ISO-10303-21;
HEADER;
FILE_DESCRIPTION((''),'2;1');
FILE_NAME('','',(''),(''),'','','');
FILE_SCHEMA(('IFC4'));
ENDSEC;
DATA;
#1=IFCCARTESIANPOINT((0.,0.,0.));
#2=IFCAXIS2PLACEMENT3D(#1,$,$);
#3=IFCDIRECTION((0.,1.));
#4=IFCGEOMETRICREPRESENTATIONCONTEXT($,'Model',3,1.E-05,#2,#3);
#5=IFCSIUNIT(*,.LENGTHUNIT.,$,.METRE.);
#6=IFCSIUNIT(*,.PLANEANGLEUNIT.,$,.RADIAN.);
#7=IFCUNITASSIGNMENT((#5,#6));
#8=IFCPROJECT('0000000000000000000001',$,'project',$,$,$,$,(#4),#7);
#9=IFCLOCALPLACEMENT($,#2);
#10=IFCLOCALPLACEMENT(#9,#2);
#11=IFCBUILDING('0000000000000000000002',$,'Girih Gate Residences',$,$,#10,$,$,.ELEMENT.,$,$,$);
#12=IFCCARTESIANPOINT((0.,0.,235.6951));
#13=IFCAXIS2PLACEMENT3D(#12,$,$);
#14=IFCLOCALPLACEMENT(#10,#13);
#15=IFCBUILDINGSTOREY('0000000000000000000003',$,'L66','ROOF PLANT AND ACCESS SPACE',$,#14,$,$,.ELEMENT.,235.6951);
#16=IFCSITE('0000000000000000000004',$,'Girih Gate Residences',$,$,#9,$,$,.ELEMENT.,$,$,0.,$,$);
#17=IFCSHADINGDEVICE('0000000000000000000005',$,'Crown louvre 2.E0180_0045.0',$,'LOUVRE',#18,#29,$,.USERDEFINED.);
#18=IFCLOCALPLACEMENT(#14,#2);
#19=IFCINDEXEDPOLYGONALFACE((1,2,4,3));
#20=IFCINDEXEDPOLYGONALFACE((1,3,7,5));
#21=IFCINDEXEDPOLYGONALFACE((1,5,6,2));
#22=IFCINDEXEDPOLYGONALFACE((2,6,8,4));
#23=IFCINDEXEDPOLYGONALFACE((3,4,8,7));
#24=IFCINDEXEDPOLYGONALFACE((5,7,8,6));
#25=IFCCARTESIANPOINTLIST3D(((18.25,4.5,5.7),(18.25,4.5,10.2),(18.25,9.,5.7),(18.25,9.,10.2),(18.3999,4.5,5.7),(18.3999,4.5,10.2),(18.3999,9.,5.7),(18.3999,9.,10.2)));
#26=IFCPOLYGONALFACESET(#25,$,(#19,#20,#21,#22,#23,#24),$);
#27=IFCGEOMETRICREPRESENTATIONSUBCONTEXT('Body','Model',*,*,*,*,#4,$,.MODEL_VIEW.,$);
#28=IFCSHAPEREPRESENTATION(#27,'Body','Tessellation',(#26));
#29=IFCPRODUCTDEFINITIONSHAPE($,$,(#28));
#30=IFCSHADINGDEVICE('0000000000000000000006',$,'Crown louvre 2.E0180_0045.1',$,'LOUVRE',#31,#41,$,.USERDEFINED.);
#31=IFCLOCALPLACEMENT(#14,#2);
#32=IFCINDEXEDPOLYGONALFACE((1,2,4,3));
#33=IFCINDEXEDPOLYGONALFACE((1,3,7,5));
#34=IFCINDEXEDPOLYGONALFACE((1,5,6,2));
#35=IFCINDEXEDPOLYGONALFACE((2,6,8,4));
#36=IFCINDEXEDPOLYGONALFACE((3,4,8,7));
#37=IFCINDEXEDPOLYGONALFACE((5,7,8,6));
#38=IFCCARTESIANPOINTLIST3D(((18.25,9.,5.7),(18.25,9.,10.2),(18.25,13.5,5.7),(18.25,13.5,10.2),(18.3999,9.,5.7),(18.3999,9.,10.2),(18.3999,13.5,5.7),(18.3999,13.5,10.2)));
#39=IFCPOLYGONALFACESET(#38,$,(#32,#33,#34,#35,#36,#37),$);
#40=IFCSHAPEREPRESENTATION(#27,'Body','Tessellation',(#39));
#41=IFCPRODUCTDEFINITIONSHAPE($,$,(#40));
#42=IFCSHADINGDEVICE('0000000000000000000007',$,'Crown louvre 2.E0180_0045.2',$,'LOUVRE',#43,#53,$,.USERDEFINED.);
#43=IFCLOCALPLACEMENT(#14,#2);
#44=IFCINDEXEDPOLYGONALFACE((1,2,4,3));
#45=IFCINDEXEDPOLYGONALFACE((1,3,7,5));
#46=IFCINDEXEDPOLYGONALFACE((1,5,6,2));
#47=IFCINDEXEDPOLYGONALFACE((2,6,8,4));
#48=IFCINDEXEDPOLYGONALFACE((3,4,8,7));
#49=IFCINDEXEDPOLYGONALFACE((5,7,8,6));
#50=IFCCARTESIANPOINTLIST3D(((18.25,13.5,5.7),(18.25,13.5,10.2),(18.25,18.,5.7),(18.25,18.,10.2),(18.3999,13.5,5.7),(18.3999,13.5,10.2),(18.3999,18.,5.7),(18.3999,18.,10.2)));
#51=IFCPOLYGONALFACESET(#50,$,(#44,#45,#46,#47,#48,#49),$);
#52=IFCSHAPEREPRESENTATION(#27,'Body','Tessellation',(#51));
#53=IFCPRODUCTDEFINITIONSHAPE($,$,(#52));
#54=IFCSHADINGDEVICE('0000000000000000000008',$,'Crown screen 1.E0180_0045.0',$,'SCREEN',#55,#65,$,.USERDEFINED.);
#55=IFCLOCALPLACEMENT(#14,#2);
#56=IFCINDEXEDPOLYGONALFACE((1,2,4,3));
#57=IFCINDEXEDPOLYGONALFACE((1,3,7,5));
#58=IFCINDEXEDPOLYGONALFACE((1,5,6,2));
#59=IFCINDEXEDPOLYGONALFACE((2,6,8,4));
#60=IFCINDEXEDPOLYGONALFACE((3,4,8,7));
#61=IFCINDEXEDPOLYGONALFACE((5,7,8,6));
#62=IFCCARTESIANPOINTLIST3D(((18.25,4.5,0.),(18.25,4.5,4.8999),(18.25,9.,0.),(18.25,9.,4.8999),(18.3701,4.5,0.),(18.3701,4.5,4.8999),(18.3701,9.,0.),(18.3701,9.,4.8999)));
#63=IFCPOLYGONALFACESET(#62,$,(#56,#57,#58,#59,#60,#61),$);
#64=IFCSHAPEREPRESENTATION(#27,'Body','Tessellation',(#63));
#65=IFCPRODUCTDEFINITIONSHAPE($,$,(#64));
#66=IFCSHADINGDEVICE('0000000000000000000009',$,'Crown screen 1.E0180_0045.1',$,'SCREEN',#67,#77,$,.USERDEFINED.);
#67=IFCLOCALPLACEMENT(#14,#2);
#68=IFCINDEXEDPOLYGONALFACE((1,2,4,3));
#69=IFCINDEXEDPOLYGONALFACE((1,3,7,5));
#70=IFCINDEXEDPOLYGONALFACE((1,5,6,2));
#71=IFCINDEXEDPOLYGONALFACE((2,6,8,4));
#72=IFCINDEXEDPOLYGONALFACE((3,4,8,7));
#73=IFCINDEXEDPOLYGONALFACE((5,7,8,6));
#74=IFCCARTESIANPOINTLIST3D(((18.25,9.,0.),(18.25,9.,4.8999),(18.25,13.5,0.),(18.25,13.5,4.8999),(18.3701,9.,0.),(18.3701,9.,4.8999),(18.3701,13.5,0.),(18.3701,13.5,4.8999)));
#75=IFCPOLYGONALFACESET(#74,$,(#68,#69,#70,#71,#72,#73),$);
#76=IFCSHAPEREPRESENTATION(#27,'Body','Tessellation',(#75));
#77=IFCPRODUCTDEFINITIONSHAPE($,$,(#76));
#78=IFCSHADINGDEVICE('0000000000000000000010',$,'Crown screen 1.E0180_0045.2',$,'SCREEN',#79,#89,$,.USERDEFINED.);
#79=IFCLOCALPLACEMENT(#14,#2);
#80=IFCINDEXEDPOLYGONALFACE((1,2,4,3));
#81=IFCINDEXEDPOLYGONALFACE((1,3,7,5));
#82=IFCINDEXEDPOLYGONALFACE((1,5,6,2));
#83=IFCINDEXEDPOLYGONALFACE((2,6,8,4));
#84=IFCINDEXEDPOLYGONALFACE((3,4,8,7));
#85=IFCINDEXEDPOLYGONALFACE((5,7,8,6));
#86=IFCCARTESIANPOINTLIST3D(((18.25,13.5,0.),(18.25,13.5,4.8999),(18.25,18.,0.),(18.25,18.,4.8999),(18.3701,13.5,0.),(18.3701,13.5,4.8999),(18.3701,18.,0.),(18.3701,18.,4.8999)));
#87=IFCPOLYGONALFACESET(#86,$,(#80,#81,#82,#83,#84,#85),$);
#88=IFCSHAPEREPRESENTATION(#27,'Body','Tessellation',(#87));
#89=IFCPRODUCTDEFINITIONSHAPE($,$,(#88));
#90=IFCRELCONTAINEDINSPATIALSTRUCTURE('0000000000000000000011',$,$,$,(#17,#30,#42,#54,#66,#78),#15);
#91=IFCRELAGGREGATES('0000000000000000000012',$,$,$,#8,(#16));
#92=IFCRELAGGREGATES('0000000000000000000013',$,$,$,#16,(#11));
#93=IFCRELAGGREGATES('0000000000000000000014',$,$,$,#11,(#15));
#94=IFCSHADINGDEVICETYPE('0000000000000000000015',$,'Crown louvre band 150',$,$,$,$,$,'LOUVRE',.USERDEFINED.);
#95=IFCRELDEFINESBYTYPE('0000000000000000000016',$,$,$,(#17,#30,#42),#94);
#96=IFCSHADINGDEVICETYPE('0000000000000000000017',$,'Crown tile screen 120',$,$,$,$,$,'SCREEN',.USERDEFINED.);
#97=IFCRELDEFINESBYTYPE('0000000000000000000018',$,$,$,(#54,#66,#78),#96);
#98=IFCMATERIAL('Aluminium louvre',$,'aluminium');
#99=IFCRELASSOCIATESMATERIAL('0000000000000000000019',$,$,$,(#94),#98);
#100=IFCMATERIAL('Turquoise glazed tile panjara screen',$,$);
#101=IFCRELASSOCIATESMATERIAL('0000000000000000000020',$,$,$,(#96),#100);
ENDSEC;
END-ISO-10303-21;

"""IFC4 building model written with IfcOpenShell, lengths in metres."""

from ifc_helpers import new_model, si_unit, direction, frame, origin, origin_2d, place, context, subcontext, project, spatial, rectangle, extrude, material, type_object, element, save


model = new_model("IFC4")

# Units and contexts
model_context = context("Model", 3, precision=1e-05, world=origin(), true_north=direction((0.0, 1.0)))
body_context = subcontext(model_context, "Body", "Model", "MODEL_VIEW")
ifc_project = project(units=[si_unit("LENGTHUNIT", "METRE"), si_unit("PLANEANGLEUNIT", "RADIAN")], contexts=[model_context])

# Site, building, storey
site_placement = place(None, origin())
site = spatial("IfcSite", under=ifc_project, at=site_placement, Name="Girih Gate Residences", CompositionType="ELEMENT", RefElevation=0.0)
building_placement = place(site_placement, origin())
building = spatial("IfcBuilding", under=site, at=building_placement, Name="Girih Gate Residences", CompositionType="ELEMENT")
storey_placement = place(building_placement, frame((0.0, 0.0, 235.6951)))
storey = spatial("IfcBuildingStorey", under=building, at=storey_placement, Name="L66", Description="ROOF PLANT AND ACCESS SPACE", CompositionType="ELEMENT", Elevation=235.6951)

# Shading devices
ifc_material_1 = material(Name="Aluminium louvre", Category="aluminium")
shading_device_type_1 = type_object("IfcShadingDeviceType", Name="Crown louvre band 150", ElementType="LOUVRE", PredefinedType="USERDEFINED", material=ifc_material_1)
for number, where, z_axis, x_axis, name in (
    (1, (18.325, 6.75, 5.7), (0.0, 0.0, 1.0), (0.0, 1.0, 0.0), "Crown louvre 2.E0180_0045.0"),
    (2, (18.325, 11.25, 5.7), (0.0, 0.0, 1.0), (0.0, 1.0, 0.0), "Crown louvre 2.E0180_0045.1"),
    (3, (18.325, 15.75, 5.7), (0.0, 0.0, 1.0), (0.0, 1.0, 0.0), "Crown louvre 2.E0180_0045.2"),
):
    element("IfcShadingDevice", number, at=place(storey_placement, frame(where, z_axis=z_axis, x_axis=x_axis)), inside=storey, type_object=shading_device_type_1, Name=name, ObjectType="LOUVRE", PredefinedType="USERDEFINED", context=body_context, shape_type="SweptSolid", body=[
        extrude(rectangle(XDim=4.5, YDim=0.1499, at=origin_2d()), origin(), (0.0, 0.0, 1.0), 4.5),
    ])
ifc_material_2 = material(Name="Turquoise glazed tile panjara screen")
shading_device_type_2 = type_object("IfcShadingDeviceType", Name="Crown tile screen 120", ElementType="SCREEN", PredefinedType="USERDEFINED", material=ifc_material_2)
for number, where, z_axis, x_axis, name in (
    (4, (18.3101, 6.75, 0.0), (0.0, 0.0, 1.0), (0.0, 1.0, 0.0), "Crown screen 1.E0180_0045.0"),
    (5, (18.3101, 11.25, 0.0), (0.0, 0.0, 1.0), (0.0, 1.0, 0.0), "Crown screen 1.E0180_0045.1"),
    (6, (18.3101, 15.75, 0.0), (0.0, 0.0, 1.0), (0.0, 1.0, 0.0), "Crown screen 1.E0180_0045.2"),
):
    element("IfcShadingDevice", number, at=place(storey_placement, frame(where, z_axis=z_axis, x_axis=x_axis)), inside=storey, type_object=shading_device_type_2, Name=name, ObjectType="SCREEN", PredefinedType="USERDEFINED", context=body_context, shape_type="SweptSolid", body=[
        extrude(rectangle(XDim=4.5, YDim=0.1201, at=origin_2d()), origin(), (0.0, 0.0, 1.0), 4.8999),
    ])

save(model, "model.ifc")
